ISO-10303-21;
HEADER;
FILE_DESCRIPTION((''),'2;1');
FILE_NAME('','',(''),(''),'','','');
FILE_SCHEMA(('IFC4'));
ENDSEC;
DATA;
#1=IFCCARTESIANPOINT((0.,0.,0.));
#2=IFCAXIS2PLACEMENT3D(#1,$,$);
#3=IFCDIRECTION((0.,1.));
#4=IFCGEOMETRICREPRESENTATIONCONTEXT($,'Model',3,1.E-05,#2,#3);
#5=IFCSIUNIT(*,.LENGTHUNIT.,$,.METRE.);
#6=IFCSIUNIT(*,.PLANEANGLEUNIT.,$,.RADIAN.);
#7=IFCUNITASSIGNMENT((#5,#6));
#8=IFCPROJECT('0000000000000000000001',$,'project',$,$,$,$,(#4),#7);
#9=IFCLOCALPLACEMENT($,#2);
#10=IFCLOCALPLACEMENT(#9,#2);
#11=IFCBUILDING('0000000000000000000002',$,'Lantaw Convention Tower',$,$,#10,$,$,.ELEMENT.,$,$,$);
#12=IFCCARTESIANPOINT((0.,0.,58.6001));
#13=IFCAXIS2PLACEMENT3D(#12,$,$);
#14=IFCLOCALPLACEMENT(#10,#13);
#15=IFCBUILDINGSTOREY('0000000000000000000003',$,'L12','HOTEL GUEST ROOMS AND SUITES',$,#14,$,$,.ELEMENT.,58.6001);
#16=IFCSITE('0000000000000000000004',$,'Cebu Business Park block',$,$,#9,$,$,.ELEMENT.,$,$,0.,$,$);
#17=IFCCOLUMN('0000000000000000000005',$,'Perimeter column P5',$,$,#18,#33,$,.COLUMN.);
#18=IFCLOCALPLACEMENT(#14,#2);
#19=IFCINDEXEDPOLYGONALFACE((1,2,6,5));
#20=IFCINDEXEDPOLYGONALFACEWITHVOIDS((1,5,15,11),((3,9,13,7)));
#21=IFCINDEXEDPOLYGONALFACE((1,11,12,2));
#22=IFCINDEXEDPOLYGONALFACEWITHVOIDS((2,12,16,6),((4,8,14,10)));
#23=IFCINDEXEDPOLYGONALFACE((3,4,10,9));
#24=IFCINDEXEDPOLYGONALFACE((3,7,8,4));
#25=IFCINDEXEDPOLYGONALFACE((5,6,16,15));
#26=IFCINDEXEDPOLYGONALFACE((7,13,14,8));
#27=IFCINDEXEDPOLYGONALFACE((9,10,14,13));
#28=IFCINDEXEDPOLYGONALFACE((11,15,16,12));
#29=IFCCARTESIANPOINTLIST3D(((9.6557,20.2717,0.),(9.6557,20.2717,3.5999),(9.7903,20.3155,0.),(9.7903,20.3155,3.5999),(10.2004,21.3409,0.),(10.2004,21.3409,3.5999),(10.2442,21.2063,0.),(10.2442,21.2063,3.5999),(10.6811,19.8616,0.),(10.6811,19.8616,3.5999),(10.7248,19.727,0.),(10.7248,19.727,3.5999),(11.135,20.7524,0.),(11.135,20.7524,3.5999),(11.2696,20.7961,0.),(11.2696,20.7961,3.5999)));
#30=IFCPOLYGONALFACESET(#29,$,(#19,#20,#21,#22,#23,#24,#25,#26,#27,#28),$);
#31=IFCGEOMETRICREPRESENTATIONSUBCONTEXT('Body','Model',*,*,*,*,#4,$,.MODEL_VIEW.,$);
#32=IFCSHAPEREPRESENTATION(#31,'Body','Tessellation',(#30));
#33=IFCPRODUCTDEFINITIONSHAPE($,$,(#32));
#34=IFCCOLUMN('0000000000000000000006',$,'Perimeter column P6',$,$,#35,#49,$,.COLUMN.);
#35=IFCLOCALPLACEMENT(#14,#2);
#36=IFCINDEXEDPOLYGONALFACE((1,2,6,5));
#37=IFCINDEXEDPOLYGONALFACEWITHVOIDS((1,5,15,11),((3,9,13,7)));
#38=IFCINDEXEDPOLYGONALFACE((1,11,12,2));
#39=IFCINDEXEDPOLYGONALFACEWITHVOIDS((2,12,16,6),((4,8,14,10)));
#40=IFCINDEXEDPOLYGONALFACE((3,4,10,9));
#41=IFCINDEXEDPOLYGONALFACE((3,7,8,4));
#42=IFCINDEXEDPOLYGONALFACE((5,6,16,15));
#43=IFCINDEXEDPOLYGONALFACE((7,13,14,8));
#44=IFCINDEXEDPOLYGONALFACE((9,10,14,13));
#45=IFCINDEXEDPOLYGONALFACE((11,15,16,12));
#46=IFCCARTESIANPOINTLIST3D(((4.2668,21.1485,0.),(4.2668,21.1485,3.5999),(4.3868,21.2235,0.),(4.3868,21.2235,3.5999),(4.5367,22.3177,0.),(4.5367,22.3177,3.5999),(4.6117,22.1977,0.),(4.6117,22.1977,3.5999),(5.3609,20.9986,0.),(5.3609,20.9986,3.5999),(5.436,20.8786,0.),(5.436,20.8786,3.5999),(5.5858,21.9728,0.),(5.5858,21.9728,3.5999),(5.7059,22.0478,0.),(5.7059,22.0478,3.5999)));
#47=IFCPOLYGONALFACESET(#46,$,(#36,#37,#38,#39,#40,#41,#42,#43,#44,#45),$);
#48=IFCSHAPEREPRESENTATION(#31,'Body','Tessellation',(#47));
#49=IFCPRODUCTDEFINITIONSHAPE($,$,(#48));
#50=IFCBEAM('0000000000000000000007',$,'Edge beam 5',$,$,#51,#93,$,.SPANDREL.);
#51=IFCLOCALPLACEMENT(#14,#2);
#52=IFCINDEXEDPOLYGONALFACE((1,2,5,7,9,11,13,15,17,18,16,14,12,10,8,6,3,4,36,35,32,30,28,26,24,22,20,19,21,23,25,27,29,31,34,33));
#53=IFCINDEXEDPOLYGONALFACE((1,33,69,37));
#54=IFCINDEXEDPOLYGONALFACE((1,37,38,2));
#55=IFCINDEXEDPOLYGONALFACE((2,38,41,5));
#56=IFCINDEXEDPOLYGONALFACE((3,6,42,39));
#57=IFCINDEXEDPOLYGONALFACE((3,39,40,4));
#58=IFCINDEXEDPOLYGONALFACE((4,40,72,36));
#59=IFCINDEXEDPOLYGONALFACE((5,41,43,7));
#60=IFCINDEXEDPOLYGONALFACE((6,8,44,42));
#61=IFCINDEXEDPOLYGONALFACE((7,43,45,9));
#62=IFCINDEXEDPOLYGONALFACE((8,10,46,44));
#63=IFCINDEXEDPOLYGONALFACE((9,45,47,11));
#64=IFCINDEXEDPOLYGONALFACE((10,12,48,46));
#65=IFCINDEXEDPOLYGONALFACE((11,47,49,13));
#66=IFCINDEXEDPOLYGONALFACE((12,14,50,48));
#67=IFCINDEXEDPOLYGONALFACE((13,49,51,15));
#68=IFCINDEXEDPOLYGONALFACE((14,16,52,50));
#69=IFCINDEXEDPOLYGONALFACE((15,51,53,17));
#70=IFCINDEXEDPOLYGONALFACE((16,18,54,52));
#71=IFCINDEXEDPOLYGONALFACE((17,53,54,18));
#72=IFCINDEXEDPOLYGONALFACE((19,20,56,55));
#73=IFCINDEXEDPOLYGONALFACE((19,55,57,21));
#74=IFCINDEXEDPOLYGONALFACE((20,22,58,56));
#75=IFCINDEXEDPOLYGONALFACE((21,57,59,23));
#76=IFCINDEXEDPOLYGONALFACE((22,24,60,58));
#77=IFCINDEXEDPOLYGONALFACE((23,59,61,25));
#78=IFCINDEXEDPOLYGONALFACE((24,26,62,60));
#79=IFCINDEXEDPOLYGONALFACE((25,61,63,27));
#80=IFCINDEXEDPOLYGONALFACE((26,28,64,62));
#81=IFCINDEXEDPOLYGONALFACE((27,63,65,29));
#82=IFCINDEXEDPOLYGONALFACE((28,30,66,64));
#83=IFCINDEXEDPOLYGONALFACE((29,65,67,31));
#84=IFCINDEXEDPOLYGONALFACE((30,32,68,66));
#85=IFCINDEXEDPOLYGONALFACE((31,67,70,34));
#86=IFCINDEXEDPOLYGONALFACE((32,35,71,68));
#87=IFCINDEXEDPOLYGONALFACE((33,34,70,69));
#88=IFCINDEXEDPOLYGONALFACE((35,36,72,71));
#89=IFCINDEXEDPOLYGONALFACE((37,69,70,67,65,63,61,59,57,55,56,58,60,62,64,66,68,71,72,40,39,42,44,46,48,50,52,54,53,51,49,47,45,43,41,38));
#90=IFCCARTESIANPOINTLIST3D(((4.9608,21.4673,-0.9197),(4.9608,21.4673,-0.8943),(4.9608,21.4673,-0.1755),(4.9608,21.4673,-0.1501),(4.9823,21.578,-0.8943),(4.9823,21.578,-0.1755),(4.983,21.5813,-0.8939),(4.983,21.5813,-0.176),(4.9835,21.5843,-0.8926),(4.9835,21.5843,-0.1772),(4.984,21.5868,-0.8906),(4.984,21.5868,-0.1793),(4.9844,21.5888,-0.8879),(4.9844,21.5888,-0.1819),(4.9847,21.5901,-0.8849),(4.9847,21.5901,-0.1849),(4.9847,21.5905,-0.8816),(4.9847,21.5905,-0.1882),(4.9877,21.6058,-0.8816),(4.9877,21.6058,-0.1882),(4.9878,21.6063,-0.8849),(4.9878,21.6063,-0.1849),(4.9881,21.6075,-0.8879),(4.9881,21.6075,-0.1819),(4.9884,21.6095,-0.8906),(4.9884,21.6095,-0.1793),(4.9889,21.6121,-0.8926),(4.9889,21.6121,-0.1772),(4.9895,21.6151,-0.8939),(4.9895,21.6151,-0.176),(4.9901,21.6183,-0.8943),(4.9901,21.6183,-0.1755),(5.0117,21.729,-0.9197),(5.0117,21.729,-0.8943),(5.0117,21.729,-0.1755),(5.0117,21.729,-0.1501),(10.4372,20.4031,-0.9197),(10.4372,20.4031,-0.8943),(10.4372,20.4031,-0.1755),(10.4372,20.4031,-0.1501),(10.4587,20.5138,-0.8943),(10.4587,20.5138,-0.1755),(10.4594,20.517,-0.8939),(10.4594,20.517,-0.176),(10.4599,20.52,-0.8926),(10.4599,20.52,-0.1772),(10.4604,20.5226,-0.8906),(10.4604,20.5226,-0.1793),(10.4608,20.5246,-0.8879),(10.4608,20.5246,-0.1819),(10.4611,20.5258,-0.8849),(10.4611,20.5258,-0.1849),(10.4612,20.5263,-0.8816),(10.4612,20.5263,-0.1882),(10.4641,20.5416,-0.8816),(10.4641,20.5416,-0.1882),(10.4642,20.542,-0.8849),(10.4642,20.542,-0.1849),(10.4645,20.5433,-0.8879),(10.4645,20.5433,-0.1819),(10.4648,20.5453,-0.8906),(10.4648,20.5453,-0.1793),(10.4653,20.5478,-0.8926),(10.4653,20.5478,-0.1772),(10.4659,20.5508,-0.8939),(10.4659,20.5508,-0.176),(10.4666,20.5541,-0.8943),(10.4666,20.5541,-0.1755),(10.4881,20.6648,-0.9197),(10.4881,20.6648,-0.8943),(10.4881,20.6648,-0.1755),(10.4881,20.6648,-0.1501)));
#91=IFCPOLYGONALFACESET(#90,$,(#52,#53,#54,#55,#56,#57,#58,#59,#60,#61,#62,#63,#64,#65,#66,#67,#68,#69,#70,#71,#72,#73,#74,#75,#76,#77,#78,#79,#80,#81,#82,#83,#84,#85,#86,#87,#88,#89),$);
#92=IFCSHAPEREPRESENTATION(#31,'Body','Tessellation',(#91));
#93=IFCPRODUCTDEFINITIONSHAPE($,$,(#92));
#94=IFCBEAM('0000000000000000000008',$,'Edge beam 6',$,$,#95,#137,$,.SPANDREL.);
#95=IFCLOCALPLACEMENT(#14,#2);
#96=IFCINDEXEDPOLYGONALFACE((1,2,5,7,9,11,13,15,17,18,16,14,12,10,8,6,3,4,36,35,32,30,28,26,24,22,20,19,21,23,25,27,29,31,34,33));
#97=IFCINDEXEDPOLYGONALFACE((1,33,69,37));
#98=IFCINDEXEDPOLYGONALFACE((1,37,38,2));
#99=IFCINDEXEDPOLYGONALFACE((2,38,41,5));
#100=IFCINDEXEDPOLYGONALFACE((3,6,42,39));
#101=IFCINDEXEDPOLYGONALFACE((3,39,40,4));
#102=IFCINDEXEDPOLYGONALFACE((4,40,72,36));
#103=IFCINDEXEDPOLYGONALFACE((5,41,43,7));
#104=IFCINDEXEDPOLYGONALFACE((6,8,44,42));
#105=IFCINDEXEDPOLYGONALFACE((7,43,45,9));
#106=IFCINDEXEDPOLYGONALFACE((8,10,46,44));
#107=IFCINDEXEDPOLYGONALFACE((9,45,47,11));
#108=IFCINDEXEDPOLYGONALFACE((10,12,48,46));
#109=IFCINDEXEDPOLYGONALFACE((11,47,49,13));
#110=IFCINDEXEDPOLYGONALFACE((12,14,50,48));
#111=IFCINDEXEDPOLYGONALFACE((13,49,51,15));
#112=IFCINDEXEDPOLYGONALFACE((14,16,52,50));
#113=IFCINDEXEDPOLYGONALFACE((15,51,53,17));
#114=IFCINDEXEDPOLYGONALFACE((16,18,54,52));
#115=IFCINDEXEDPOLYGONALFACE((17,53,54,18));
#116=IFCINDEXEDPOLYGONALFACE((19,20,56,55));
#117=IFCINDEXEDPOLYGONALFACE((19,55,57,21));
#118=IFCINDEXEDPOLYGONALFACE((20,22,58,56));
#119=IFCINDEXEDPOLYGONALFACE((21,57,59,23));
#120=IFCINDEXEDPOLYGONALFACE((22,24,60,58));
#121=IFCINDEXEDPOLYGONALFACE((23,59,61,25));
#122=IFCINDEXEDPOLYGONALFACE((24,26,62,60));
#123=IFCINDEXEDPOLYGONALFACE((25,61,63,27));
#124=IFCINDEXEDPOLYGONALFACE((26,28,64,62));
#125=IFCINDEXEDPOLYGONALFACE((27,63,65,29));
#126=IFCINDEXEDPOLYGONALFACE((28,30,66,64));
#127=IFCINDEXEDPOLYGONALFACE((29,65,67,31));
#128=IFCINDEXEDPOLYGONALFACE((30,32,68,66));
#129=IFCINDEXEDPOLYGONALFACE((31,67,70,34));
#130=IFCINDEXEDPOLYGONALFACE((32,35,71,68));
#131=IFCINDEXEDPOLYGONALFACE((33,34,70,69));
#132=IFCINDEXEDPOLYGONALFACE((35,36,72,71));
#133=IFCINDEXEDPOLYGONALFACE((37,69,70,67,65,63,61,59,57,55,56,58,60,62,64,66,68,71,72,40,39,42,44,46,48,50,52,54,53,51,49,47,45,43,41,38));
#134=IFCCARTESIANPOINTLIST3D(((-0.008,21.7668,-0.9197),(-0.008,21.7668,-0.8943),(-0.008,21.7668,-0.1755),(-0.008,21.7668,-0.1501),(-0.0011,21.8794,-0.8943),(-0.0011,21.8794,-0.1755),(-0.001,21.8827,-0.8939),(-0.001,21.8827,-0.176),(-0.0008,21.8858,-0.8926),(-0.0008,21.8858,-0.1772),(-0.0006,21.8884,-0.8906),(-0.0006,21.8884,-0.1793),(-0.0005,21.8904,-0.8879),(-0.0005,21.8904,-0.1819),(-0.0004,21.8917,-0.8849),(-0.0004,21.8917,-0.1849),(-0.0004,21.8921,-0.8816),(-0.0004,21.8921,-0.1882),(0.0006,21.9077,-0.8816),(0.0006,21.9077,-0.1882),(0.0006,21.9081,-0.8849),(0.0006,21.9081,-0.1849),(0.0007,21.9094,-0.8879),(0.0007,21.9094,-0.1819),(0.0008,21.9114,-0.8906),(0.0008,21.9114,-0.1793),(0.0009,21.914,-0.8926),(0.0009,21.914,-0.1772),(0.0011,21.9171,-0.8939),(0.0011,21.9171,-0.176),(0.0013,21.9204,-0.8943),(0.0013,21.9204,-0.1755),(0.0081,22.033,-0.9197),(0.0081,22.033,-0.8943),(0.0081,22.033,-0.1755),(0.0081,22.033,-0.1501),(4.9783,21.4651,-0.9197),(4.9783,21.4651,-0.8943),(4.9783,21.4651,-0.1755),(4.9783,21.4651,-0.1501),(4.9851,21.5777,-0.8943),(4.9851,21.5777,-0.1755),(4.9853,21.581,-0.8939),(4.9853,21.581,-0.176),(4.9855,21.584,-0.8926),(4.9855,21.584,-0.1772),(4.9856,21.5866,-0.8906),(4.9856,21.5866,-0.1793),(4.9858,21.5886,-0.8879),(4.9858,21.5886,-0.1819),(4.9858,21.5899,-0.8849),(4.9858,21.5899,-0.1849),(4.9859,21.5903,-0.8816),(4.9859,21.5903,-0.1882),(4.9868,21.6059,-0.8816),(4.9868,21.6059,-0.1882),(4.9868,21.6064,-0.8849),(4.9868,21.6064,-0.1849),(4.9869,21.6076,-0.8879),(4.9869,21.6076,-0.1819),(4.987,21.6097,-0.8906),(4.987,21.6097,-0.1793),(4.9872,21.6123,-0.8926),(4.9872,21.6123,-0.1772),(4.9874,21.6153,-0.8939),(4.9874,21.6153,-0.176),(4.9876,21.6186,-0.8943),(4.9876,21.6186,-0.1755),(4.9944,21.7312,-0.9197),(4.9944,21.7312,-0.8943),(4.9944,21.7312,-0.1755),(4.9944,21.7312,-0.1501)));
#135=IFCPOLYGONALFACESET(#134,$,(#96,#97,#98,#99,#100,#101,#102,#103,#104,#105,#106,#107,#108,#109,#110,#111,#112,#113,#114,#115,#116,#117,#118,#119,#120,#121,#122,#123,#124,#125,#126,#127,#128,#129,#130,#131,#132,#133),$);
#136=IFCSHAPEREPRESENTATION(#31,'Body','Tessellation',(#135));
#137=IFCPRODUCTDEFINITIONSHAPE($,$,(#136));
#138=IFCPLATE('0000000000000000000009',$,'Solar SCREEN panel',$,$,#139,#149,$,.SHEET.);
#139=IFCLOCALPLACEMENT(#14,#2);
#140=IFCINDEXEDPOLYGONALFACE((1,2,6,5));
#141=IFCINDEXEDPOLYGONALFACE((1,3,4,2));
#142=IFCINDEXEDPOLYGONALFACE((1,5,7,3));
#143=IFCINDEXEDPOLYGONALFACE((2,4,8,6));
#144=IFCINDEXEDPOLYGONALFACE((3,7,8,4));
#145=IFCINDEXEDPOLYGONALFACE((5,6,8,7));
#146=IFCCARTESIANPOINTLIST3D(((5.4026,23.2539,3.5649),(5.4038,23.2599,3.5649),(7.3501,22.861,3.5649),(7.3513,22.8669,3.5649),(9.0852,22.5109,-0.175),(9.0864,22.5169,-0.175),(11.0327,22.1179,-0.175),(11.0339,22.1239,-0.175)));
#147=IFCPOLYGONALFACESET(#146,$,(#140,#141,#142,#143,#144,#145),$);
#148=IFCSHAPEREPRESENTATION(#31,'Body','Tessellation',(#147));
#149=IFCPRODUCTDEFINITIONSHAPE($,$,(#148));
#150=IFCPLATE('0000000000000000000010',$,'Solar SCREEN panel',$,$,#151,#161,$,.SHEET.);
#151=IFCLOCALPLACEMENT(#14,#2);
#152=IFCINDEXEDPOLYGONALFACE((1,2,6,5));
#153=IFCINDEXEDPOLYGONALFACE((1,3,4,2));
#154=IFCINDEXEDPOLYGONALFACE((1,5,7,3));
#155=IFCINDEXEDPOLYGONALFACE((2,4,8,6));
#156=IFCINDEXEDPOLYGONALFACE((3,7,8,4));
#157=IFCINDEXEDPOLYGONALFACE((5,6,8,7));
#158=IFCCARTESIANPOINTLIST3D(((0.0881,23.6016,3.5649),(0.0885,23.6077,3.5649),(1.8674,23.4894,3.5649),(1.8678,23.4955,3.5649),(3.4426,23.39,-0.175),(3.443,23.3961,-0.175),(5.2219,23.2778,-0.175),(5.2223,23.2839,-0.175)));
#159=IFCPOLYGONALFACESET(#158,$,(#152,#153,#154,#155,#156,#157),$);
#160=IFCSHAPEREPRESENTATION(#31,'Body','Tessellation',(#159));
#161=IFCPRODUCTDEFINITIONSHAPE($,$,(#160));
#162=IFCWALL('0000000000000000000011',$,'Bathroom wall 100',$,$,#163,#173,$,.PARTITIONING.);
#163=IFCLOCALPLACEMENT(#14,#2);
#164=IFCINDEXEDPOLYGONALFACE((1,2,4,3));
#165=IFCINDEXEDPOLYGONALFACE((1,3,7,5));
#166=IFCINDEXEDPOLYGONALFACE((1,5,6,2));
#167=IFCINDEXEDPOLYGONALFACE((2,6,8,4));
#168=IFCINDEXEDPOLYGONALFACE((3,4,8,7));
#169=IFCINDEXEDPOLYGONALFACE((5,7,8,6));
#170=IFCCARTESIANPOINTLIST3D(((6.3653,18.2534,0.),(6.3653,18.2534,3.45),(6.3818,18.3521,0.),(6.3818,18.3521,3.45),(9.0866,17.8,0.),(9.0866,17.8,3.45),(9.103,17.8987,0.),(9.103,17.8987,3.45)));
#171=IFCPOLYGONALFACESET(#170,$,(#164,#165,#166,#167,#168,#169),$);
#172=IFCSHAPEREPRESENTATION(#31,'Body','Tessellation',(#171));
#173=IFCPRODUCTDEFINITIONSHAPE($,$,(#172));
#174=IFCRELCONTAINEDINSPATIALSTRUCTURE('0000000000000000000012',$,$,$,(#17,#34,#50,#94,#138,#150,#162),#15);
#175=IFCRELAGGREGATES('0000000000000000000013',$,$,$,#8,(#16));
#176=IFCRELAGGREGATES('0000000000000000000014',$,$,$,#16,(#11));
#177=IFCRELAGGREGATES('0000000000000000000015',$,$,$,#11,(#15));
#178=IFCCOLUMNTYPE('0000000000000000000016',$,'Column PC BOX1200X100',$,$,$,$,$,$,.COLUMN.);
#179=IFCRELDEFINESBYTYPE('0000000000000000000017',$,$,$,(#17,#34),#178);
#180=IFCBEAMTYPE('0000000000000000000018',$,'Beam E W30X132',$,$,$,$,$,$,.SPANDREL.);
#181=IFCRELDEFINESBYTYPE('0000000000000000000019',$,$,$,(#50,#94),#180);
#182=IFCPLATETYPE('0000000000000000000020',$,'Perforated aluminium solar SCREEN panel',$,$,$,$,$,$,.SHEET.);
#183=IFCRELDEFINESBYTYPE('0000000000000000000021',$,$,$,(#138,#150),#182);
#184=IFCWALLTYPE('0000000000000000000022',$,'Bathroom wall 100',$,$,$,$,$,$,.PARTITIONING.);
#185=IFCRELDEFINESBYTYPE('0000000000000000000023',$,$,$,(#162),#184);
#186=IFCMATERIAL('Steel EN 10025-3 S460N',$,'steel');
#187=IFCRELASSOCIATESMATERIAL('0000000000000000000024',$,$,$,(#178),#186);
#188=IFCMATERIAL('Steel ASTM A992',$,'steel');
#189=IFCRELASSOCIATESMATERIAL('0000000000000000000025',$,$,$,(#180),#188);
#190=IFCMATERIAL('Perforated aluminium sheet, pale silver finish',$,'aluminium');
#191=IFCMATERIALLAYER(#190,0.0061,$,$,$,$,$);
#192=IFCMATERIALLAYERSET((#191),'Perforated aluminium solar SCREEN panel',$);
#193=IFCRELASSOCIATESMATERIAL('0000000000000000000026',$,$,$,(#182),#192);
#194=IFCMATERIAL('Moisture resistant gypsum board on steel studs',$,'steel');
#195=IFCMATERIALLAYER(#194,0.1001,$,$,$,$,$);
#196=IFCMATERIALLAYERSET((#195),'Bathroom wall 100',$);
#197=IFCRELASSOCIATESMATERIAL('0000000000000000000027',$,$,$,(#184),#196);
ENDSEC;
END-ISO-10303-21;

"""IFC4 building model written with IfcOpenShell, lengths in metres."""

from ifc_helpers import new_model, si_unit, direction, frame, frame_2d, origin, origin_2d, place, context, subcontext, project, spatial, polyline, rectangle, hollow_rectangle, i_section, outline, extrude, material, layer, layer_set, material_profile, profile_set, type_object, element, save


model = new_model("IFC4")

# Units and contexts
model_context = context("Model", 3, precision=1e-05, world=origin(), true_north=direction((0.0, 1.0)))
body_context = subcontext(model_context, "Body", "Model", "MODEL_VIEW")
ifc_project = project(units=[si_unit("LENGTHUNIT", "METRE"), si_unit("PLANEANGLEUNIT", "RADIAN")], contexts=[model_context])

# Site, building, storey
site_placement = place(None, origin())
site = spatial("IfcSite", under=ifc_project, at=site_placement, Name="Cebu Business Park block", CompositionType="ELEMENT", RefElevation=0.0)
building_placement = place(site_placement, origin())
building = spatial("IfcBuilding", under=site, at=building_placement, Name="Lantaw Convention Tower", CompositionType="ELEMENT")
storey_placement = place(building_placement, frame((0.0, 0.0, 58.6001)))
storey = spatial("IfcBuildingStorey", under=building, at=storey_placement, Name="L12", Description="HOTEL GUEST ROOMS AND SUITES", CompositionType="ELEMENT", Elevation=58.6001)

# Columns
ifc_material_1 = material(Name="Steel EN 10025-3 S460N", Category="steel")
ifc_material_profile_1 = material_profile(ifc_material_1, hollow_rectangle(XDim=1.2, YDim=1.2, WallThickness=0.1001, at=origin_2d()), Name="BOX1200X100")
ifc_material_2 = material(Name="Concrete C60/75", Category="concrete")
ifc_material_profile_2 = material_profile(ifc_material_2, rectangle(XDim=1.0, YDim=1.0, at=origin_2d()), Name="Concrete fill of BOX1200X100")
ifc_profile_set_1 = profile_set([ifc_material_profile_1, ifc_material_profile_2], Name="Steel EN 10025-3 S460N")
column_type = type_object("IfcColumnType", Name="Column PC BOX1200X100", PredefinedType="COLUMN", material=ifc_profile_set_1)
for number, where, z_axis, x_axis, name in (
    (1, (10.4626, 20.5339, 0.0), (0.0, 0.0, 1.0), (0.45399, 0.891007, 0.0), "Perimeter column P5"),
    (2, (4.9863, 21.5981, 0.0), (0.0, 0.0, 1.0), (0.224951, 0.97437, 0.0), "Perimeter column P6"),
):
    element("IfcColumn", number, at=place(storey_placement, frame(where, z_axis=z_axis, x_axis=x_axis)), inside=storey, type_object=column_type, Name=name, PredefinedType="COLUMN", context=body_context, shape_type="SweptSolid", body=[
        extrude(hollow_rectangle(XDim=1.2, YDim=1.2, WallThickness=0.1001, at=origin_2d()), origin(), (0.0, 0.0, 1.0), 3.5999),
    ])

# Beams
ifc_material_3 = material(Name="Steel ASTM A992", Category="steel")
ifc_material_profile_3 = material_profile(ifc_material_3, i_section(OverallWidth=0.2666, OverallDepth=0.7695, WebThickness=0.0156, FlangeThickness=0.0254, FilletRadius=0.0127, at=origin_2d()), Name="W30X132")
ifc_profile_set_2 = profile_set([ifc_material_profile_3], Name="Steel ASTM A992")
beam_type = type_object("IfcBeamType", Name="Beam E W30X132", PredefinedType="SPANDREL", material=ifc_profile_set_2)
beam_1_placement = place(storey_placement, frame((10.4626, 20.5339, -0.5349), z_axis=(-0.981637, 0.190761, 0.0), x_axis=(-0.190761, -0.981637, 0.0)))
element("IfcBeam", 3, at=beam_1_placement, inside=storey, type_object=beam_type, Name="Edge beam 5", PredefinedType="SPANDREL", context=body_context, shape_type="SweptSolid", body=[
    extrude(i_section(OverallWidth=0.2666, OverallDepth=0.7695, WebThickness=0.0156, FlangeThickness=0.0254, FilletRadius=0.0127, at=origin_2d()), origin(), (0.0, 0.0, 1.0), 5.5789),
])
beam_2_placement = place(storey_placement, frame((4.9863, 21.5981, -0.5349), z_axis=(-0.998174, 0.060407, 0.0), x_axis=(-0.060407, -0.998174, 0.0)))
element("IfcBeam", 4, at=beam_2_placement, inside=storey, type_object=beam_type, Name="Edge beam 6", PredefinedType="SPANDREL", context=body_context, shape_type="SweptSolid", body=[
    extrude(i_section(OverallWidth=0.2666, OverallDepth=0.7695, WebThickness=0.0156, FlangeThickness=0.0254, FilletRadius=0.0127, at=origin_2d()), origin(), (0.0, 0.0, 1.0), 4.9954),
])

# Plates
ifc_material_4 = material(Name="Perforated aluminium sheet, pale silver finish", Category="aluminium")
ifc_layer_1 = layer(ifc_material_4, 0.0061)
ifc_layer_set_1 = layer_set([ifc_layer_1], Name="Perforated aluminium solar SCREEN panel")
plate_type = type_object("IfcPlateType", Name="Perforated aluminium solar SCREEN panel", PredefinedType="SHEET", material=ifc_layer_set_1)
plate_1_placement = place(storey_placement, frame((11.0327, 22.1179, -0.175), z_axis=(-0.197782, -0.980246, 0.000002), x_axis=(-0.980246, 0.197782, 0.0)))
element("IfcPlate", 5, at=plate_1_placement, inside=storey, type_object=plate_type, Name="Solar SCREEN panel", PredefinedType="SHEET", context=body_context, shape_type="SweptSolid", body=[
    extrude(outline(polyline([(0.0, 0.0), (1.9868, 0.0), (5.7436, -3.74), (3.7569, -3.74), (0.0, 0.0)])), origin(), (0.0, 0.0, -1.0), 0.0061),
])
plate_2_placement = place(storey_placement, frame((5.2219, 23.2778, -0.175), z_axis=(-0.062924, -0.998018, 0.000014), x_axis=(-0.998018, 0.062924, 0.0)))
element("IfcPlate", 6, at=plate_2_placement, inside=storey, type_object=plate_type, Name="Solar SCREEN panel", PredefinedType="SHEET", context=body_context, shape_type="SweptSolid", body=[
    extrude(outline(polyline([(0.0, 0.0), (1.7828, 0.0), (5.144, -3.74), (3.3612, -3.74), (0.0, 0.0)])), origin(), (0.0, 0.0, -1.0), 0.0061),
])

# Wall
ifc_material_5 = material(Name="Moisture resistant gypsum board on steel studs", Category="steel")
ifc_layer_2 = layer(ifc_material_5, 0.1001)
ifc_layer_set_2 = layer_set([ifc_layer_2], Name="Bathroom wall 100")
wall_type_1 = type_object("IfcWallType", Name="Bathroom wall 100", PredefinedType="PARTITIONING", material=ifc_layer_set_2)
wall_1_placement = place(storey_placement, frame((6.3735, 18.3027, 0.0), z_axis=(0.0, 0.0, 1.0), x_axis=(0.986403, -0.164342, 0.0)))
element("IfcWall", 7, at=wall_1_placement, inside=storey, type_object=wall_type_1, Name="Bathroom wall 100", PredefinedType="PARTITIONING", context=body_context, shape_type="SweptSolid", body=[
    extrude(rectangle(XDim=2.7588, YDim=0.1001, at=frame_2d((1.3794, 0.0))), origin(), (0.0, 0.0, 1.0), 3.45),
])

save(model, "model.ifc")
